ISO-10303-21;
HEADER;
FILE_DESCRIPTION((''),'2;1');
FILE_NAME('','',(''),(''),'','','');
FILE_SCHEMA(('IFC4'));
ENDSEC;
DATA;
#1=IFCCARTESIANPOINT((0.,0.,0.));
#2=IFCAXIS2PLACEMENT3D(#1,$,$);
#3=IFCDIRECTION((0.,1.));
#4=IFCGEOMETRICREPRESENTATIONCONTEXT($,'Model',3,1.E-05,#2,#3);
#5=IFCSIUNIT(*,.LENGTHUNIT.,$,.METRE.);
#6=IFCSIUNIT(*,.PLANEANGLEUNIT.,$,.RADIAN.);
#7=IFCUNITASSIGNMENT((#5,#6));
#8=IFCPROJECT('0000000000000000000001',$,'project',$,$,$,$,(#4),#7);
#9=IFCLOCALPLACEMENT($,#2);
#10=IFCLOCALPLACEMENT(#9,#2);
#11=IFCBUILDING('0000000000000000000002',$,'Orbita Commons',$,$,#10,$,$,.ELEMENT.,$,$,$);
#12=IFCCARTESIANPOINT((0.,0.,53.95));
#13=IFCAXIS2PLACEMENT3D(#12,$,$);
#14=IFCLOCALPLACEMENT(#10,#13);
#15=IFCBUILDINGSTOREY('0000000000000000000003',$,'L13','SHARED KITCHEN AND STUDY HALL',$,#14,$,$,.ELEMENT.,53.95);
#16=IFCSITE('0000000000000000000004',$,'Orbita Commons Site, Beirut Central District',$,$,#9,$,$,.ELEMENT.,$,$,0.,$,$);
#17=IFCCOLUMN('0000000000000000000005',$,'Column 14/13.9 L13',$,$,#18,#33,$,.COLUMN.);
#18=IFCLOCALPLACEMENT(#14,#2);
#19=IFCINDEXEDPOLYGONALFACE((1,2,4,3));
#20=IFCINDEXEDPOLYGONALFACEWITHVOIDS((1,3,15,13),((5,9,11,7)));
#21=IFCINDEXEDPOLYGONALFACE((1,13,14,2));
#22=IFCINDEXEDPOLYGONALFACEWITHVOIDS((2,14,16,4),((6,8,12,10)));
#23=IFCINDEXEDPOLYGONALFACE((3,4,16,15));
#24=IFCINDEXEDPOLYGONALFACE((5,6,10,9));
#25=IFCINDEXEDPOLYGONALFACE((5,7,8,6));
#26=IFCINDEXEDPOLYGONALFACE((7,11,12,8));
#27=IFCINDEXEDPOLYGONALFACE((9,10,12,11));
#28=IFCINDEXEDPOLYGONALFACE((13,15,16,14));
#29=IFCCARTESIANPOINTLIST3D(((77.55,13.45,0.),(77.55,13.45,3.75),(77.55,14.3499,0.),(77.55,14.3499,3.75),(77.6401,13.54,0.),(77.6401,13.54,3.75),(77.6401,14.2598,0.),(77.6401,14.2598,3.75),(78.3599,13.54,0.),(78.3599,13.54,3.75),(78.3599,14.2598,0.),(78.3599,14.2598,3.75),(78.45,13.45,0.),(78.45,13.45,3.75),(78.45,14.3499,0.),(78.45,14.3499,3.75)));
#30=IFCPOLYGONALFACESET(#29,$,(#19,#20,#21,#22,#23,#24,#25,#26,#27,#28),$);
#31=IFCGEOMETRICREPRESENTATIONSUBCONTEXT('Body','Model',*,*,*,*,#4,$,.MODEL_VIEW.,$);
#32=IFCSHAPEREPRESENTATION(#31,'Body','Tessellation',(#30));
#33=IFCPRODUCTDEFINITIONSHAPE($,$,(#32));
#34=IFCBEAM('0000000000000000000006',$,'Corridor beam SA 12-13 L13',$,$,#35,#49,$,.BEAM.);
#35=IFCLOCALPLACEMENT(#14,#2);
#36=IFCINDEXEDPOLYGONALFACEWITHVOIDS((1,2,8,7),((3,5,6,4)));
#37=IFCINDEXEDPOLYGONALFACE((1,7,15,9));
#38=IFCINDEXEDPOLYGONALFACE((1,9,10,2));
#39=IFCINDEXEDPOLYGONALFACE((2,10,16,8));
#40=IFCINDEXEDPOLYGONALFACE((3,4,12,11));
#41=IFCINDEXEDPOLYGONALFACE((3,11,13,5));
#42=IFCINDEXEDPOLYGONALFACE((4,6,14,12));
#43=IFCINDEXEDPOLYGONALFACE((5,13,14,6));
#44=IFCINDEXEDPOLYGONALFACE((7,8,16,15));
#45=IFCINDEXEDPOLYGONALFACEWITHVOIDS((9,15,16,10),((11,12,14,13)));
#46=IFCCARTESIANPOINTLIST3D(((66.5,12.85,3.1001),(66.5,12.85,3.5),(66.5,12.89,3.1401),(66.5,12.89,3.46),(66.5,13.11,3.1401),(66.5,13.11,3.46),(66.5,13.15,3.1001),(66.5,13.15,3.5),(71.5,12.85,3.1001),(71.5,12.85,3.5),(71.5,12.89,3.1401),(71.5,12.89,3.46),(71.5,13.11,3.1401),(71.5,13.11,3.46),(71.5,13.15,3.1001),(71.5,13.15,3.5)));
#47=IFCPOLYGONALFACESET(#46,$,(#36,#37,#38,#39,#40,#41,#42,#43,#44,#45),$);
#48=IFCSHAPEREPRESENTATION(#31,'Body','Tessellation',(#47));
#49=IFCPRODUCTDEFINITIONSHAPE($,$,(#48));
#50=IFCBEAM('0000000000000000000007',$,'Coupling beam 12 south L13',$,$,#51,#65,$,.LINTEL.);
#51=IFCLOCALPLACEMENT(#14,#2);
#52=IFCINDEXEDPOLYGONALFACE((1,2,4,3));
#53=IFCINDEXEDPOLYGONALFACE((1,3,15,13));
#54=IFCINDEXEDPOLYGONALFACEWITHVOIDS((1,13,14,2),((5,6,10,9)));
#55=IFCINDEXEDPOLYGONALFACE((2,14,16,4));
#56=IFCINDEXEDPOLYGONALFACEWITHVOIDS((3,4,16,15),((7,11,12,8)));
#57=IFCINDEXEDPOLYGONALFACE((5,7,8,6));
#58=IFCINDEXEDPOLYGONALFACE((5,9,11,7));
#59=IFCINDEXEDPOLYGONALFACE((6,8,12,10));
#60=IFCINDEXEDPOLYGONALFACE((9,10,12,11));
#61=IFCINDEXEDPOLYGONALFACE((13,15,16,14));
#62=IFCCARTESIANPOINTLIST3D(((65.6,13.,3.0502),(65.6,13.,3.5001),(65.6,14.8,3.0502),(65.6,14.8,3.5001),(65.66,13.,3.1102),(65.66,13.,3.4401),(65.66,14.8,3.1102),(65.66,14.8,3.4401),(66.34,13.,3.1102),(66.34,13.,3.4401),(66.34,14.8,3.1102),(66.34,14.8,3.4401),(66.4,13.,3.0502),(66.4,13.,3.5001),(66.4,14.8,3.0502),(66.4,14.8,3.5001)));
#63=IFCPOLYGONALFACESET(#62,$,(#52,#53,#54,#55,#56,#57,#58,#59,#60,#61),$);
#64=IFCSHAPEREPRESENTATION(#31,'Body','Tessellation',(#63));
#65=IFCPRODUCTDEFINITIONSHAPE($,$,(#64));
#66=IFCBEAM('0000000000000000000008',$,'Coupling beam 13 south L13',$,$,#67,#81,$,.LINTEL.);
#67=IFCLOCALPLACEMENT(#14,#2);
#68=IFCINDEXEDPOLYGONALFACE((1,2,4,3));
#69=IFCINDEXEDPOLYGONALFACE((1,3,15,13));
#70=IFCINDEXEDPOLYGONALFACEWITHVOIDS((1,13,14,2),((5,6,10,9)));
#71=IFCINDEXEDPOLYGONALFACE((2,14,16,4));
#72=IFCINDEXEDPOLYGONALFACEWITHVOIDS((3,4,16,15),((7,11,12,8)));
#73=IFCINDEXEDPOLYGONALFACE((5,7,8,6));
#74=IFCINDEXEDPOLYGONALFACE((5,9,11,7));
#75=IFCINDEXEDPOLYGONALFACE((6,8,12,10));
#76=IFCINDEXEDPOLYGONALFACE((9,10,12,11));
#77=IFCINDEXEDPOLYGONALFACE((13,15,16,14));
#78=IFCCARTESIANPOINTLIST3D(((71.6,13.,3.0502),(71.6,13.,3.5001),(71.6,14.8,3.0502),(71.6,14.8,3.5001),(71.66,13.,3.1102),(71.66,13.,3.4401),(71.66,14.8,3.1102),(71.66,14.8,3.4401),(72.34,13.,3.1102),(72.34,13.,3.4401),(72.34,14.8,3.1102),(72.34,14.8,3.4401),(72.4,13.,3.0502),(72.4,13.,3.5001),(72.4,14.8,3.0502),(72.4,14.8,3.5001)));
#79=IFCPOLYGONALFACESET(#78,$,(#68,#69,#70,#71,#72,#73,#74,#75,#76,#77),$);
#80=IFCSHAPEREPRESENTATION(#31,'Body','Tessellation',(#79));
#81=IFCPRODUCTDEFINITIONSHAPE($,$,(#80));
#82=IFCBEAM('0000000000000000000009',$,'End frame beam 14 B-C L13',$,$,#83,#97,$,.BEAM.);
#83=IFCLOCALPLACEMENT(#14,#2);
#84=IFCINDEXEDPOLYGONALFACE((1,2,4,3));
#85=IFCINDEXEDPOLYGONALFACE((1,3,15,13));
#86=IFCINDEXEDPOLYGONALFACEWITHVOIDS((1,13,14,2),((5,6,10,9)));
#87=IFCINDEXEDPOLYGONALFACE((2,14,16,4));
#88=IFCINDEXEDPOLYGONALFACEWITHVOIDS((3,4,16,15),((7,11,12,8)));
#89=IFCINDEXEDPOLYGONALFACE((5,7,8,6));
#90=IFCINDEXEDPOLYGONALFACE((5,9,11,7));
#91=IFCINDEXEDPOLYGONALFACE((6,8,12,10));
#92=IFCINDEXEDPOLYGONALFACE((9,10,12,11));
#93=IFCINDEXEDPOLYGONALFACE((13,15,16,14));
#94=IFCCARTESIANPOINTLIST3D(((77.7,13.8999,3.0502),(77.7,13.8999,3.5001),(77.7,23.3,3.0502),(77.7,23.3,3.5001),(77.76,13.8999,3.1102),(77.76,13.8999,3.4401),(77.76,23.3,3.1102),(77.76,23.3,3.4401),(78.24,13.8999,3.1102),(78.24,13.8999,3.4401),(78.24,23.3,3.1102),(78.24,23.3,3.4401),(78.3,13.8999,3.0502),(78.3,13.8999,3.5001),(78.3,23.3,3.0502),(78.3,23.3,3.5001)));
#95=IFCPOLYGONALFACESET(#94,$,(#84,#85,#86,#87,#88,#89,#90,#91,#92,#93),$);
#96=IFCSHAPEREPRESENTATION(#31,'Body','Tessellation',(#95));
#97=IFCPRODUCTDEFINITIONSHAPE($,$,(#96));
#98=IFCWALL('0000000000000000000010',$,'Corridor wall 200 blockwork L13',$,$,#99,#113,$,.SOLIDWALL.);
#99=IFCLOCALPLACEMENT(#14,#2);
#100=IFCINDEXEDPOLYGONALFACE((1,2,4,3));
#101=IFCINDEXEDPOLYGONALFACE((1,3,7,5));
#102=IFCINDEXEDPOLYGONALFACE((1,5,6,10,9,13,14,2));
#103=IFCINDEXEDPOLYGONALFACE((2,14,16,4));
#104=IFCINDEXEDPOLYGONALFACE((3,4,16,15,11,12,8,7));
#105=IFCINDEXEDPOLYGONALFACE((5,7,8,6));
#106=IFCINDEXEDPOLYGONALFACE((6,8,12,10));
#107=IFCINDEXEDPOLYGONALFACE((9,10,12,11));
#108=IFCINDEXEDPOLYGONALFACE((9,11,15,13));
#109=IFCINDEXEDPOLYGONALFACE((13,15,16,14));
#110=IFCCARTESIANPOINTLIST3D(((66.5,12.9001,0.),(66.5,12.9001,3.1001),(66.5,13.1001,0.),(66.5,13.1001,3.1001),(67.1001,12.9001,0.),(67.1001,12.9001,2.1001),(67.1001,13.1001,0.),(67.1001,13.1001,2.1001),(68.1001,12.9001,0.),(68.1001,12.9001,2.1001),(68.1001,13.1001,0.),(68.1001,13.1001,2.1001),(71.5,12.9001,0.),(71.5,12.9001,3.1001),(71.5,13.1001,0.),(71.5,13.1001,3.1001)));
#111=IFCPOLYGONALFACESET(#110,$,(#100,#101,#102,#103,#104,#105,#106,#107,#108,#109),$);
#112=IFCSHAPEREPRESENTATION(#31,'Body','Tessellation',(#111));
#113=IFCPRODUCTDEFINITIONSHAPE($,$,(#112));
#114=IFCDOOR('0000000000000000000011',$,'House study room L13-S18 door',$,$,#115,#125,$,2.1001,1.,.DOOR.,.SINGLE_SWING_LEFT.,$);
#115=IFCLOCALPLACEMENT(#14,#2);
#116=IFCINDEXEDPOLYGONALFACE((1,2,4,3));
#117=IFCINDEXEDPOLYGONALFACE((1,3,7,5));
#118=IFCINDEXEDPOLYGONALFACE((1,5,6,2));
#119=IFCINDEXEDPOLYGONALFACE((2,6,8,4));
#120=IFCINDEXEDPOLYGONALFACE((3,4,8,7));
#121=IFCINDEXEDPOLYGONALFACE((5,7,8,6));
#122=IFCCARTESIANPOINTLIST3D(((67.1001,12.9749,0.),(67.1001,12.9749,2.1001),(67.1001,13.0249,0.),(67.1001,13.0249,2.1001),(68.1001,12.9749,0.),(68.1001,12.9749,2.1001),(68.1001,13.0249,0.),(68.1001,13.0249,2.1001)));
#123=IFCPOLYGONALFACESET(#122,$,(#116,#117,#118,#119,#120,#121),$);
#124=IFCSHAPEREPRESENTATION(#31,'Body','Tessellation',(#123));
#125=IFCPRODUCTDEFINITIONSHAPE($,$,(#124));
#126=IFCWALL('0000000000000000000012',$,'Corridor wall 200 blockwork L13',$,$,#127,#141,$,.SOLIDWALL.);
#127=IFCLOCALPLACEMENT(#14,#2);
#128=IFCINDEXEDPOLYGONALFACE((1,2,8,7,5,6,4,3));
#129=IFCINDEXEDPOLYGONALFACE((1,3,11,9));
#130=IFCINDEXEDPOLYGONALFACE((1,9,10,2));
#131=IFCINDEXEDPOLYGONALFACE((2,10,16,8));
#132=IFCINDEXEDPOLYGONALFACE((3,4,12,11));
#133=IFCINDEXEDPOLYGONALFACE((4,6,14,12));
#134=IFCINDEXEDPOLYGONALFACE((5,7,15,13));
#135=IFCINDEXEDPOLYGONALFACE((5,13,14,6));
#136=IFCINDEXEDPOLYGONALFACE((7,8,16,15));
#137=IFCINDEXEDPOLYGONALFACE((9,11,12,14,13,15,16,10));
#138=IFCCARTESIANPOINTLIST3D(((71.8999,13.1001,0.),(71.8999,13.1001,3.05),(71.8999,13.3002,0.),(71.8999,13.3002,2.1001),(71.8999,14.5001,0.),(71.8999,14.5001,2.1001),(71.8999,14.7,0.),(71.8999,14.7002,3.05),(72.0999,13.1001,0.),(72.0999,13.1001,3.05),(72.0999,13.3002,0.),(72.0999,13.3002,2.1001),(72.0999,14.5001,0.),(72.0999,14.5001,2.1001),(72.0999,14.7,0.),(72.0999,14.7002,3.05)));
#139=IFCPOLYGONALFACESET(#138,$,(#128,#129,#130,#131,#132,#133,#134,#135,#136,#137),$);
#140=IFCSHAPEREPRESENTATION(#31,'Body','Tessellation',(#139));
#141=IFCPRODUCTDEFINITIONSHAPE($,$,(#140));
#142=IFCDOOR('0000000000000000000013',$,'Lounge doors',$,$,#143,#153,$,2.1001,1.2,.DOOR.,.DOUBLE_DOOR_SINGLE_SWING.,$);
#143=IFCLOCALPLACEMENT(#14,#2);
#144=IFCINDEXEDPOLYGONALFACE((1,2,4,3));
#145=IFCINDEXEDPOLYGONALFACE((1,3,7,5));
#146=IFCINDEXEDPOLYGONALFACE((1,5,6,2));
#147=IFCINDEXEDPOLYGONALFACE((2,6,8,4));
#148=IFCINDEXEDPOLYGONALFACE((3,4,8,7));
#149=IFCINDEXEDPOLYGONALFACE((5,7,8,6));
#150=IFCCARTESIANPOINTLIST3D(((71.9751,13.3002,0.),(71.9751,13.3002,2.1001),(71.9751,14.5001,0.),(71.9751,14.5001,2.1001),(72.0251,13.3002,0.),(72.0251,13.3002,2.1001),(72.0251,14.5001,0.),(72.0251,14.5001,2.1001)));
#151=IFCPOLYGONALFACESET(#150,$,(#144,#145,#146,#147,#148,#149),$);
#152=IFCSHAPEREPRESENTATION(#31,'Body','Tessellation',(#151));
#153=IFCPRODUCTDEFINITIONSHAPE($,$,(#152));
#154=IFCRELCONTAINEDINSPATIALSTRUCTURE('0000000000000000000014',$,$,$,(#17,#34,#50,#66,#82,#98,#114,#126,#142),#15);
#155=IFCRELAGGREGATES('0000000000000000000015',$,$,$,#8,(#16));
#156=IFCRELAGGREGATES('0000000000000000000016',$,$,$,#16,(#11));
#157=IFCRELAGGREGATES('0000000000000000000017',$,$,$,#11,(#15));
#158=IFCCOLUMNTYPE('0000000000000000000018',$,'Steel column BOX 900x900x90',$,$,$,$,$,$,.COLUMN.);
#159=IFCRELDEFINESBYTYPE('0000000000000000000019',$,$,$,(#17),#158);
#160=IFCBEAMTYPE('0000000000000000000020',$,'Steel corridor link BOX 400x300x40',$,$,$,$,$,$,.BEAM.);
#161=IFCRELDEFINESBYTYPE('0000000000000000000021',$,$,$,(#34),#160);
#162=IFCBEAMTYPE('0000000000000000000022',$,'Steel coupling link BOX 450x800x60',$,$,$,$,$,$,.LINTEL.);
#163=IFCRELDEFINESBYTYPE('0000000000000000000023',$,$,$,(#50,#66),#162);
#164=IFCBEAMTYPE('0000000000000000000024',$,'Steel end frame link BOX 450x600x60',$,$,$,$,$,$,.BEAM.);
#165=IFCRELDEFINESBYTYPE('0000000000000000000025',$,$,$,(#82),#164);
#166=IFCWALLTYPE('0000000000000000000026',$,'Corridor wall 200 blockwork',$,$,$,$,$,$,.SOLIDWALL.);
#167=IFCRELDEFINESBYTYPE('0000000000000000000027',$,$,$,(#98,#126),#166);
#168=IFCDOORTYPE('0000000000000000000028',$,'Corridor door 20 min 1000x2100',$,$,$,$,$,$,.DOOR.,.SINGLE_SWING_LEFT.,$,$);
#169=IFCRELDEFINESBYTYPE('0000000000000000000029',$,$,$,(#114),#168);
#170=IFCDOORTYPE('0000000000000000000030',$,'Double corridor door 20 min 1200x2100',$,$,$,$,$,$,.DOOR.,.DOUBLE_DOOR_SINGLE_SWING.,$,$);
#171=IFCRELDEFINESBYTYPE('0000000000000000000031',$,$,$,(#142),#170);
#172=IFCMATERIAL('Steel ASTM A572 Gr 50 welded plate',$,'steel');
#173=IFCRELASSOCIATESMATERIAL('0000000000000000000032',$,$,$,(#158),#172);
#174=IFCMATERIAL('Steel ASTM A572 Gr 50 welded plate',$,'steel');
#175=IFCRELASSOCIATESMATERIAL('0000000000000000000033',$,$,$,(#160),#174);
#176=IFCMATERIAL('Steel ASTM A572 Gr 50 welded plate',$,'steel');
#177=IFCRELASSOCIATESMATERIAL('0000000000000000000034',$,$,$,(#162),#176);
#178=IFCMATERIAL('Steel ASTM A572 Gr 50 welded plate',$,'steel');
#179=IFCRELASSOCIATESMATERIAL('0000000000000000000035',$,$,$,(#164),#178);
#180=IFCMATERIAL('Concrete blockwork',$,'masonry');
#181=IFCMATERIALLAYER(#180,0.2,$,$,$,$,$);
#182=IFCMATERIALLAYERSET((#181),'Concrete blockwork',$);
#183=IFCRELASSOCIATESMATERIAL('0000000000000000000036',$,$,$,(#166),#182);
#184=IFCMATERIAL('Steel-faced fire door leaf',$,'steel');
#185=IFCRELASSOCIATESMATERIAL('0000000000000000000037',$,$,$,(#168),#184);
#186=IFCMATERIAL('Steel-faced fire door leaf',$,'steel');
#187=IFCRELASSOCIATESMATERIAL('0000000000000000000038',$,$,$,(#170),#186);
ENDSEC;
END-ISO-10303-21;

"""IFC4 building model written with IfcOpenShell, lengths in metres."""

from ifc_helpers import new_model, si_unit, direction, frame, frame_2d, origin, origin_2d, place, context, subcontext, project, spatial, polyline, rectangle, hollow_rectangle, outline, extrude, material, layer, layer_set, material_profile, profile_set, type_object, element, fill, save


model = new_model("IFC4")

# Units and contexts
model_context = context("Model", 3, precision=1e-05, world=origin(), true_north=direction((0.0, 1.0)))
body_context = subcontext(model_context, "Body", "Model", "MODEL_VIEW")
ifc_project = project(units=[si_unit("LENGTHUNIT", "METRE"), si_unit("PLANEANGLEUNIT", "RADIAN")], contexts=[model_context])

# Site, building, storey
site_placement = place(None, origin())
site = spatial("IfcSite", under=ifc_project, at=site_placement, Name="Orbita Commons Site, Beirut Central District", CompositionType="ELEMENT", RefElevation=0.0)
building_placement = place(site_placement, origin())
building = spatial("IfcBuilding", under=site, at=building_placement, Name="Orbita Commons", CompositionType="ELEMENT")
storey_placement = place(building_placement, frame((0.0, 0.0, 53.95)))
storey = spatial("IfcBuildingStorey", under=building, at=storey_placement, Name="L13", Description="SHARED KITCHEN AND STUDY HALL", CompositionType="ELEMENT", Elevation=53.95)

# Column
ifc_material_1 = material(Name="Steel ASTM A572 Gr 50 welded plate", Category="steel")
ifc_material_profile_1 = material_profile(ifc_material_1, hollow_rectangle(XDim=0.8999, YDim=0.8999, WallThickness=0.0901, at=origin_2d()), Name="BOX 900x900x90")
ifc_profile_set_1 = profile_set([ifc_material_profile_1], Name="Steel ASTM A572 Gr 50 welded plate")
column_type = type_object("IfcColumnType", Name="Steel column BOX 900x900x90", PredefinedType="COLUMN", material=ifc_profile_set_1)
column_placement = place(storey_placement, frame((78.0, 13.8999, 0.0), z_axis=(0.0, 0.0, 1.0), x_axis=(1.0, 0.0, 0.0)))
element("IfcColumn", 1, at=column_placement, inside=storey, type_object=column_type, Name="Column 14/13.9 L13", PredefinedType="COLUMN", context=body_context, shape_type="SweptSolid", body=[
    extrude(hollow_rectangle(XDim=0.8999, YDim=0.8999, WallThickness=0.0901, at=origin_2d()), origin(), (0.0, 0.0, 1.0), 3.75),
])

# Beams
ifc_material_2 = material(Name="Steel ASTM A572 Gr 50 welded plate", Category="steel")
ifc_material_profile_2 = material_profile(ifc_material_2, hollow_rectangle(XDim=0.3, YDim=0.3999, WallThickness=0.04, at=origin_2d()), Name="BOX 400x300x40")
ifc_profile_set_2 = profile_set([ifc_material_profile_2], Name="Steel ASTM A572 Gr 50 welded plate")
beam_type_1 = type_object("IfcBeamType", Name="Steel corridor link BOX 400x300x40", PredefinedType="BEAM", material=ifc_profile_set_2)
beam_1_placement = place(storey_placement, frame((66.5, 13.0, 3.3), z_axis=(1.0, 0.0, 0.0), x_axis=(0.0, 1.0, 0.0)))
element("IfcBeam", 2, at=beam_1_placement, inside=storey, type_object=beam_type_1, Name="Corridor beam SA 12-13 L13", PredefinedType="BEAM", context=body_context, shape_type="SweptSolid", body=[
    extrude(hollow_rectangle(XDim=0.3, YDim=0.3999, WallThickness=0.04, at=origin_2d()), origin(), (0.0, 0.0, 1.0), 5.0),
])
ifc_material_3 = material(Name="Steel ASTM A572 Gr 50 welded plate", Category="steel")
ifc_material_profile_3 = material_profile(ifc_material_3, hollow_rectangle(XDim=0.8, YDim=0.45, WallThickness=0.0601, at=origin_2d()), Name="BOX 450x800x60")
ifc_profile_set_3 = profile_set([ifc_material_profile_3], Name="Steel ASTM A572 Gr 50 welded plate")
beam_type_2 = type_object("IfcBeamType", Name="Steel coupling link BOX 450x800x60", PredefinedType="LINTEL", material=ifc_profile_set_3)
for number, where, z_axis, x_axis, name in (
    (3, (66.0, 13.0, 3.2751), (0.0, 1.0, 0.0), (-1.0, 0.0, 0.0), "Coupling beam 12 south L13"),
    (4, (72.0, 13.0, 3.2751), (0.0, 1.0, 0.0), (-1.0, 0.0, 0.0), "Coupling beam 13 south L13"),
):
    element("IfcBeam", number, at=place(storey_placement, frame(where, z_axis=z_axis, x_axis=x_axis)), inside=storey, type_object=beam_type_2, Name=name, PredefinedType="LINTEL", context=body_context, shape_type="SweptSolid", body=[
        extrude(hollow_rectangle(XDim=0.8, YDim=0.45, WallThickness=0.0601, at=origin_2d()), origin(), (0.0, 0.0, 1.0), 1.8),
    ])
ifc_material_4 = material(Name="Steel ASTM A572 Gr 50 welded plate", Category="steel")
ifc_material_profile_4 = material_profile(ifc_material_4, hollow_rectangle(XDim=0.6001, YDim=0.45, WallThickness=0.0601, at=origin_2d()), Name="BOX 450x600x60")
ifc_profile_set_4 = profile_set([ifc_material_profile_4], Name="Steel ASTM A572 Gr 50 welded plate")
beam_type_3 = type_object("IfcBeamType", Name="Steel end frame link BOX 450x600x60", PredefinedType="BEAM", material=ifc_profile_set_4)
beam_2_placement = place(storey_placement, frame((78.0, 13.8999, 3.2751), z_axis=(0.0, 1.0, 0.0), x_axis=(-1.0, 0.0, 0.0)))
element("IfcBeam", 5, at=beam_2_placement, inside=storey, type_object=beam_type_3, Name="End frame beam 14 B-C L13", PredefinedType="BEAM", context=body_context, shape_type="SweptSolid", body=[
    extrude(hollow_rectangle(XDim=0.6001, YDim=0.45, WallThickness=0.0601, at=origin_2d()), origin(), (0.0, 0.0, 1.0), 9.4001),
])

# Walls, openings, doors
ifc_material_5 = material(Name="Concrete blockwork", Category="masonry")
ifc_layer_1 = layer(ifc_material_5, 0.2)
ifc_layer_set_1 = layer_set([ifc_layer_1], Name="Concrete blockwork")
wall_type_1 = type_object("IfcWallType", Name="Corridor wall 200 blockwork", PredefinedType="SOLIDWALL", material=ifc_layer_set_1)
wall_1_placement = place(storey_placement, frame((66.5, 13.0, 0.0), z_axis=(0.0, 0.0, 1.0), x_axis=(1.0, 0.0, 0.0)))
wall_1 = element("IfcWall", 6, at=wall_1_placement, inside=storey, type_object=wall_type_1, Name="Corridor wall 200 blockwork L13", PredefinedType="SOLIDWALL", context=body_context, shape_type="SweptSolid", body=[
    extrude(outline(polyline([(0.0, 0.0), (5.0, 0.0), (5.0, 3.1001), (0.0, 3.1001), (0.0, 0.0)])), frame((0.0, 0.1001, 0.0), z_axis=(0.0, -1.0, 0.0), x_axis=(1.0, 0.0, 0.0)), (0.0, 0.0, 1.0), 0.2),
])
opening_1_placement = place(wall_1_placement, frame((0.6001, 0.0, 0.0)))
opening_1 = element("IfcOpeningElement", 7, at=opening_1_placement, cuts=wall_1, PredefinedType="OPENING", context=body_context, shape_type="SweptSolid", body=[
    extrude(rectangle(XDim=1.0, YDim=2.1001, at=frame_2d((0.5, 1.05))), frame((0.0, 0.1099, 0.0), z_axis=(0.0, -1.0, 0.0), x_axis=(1.0, 0.0, 0.0)), (0.0, 0.0, 1.0), 0.22),
])
ifc_material_6 = material(Name="Steel-faced fire door leaf", Category="steel")
door_type_1 = type_object("IfcDoorType", Name="Corridor door 20 min 1000x2100", OperationType="SINGLE_SWING_LEFT", PredefinedType="DOOR", material=ifc_material_6)
door_1_placement = place(opening_1_placement, origin())
door_1 = element("IfcDoor", 8, at=door_1_placement, inside=storey, type_object=door_type_1, Name="House study room L13-S18 door", OperationType="SINGLE_SWING_LEFT", OverallHeight=2.1001, OverallWidth=1.0, PredefinedType="DOOR", context=body_context, shape_type="SweptSolid", body=[
    extrude(rectangle(XDim=1.0, YDim=2.1001, at=frame_2d((0.5, 1.05))), frame((0.0, 0.0249, 0.0), z_axis=(0.0, -1.0, 0.0), x_axis=(1.0, 0.0, 0.0)), (0.0, 0.0, 1.0), 0.05),
])
fill(opening_1, door_1)
wall_2_placement = place(storey_placement, frame((72.0, 13.1001, 0.0), z_axis=(0.0, 0.0, 1.0), x_axis=(0.0, 1.0, 0.0)))
wall_2 = element("IfcWall", 9, at=wall_2_placement, inside=storey, type_object=wall_type_1, Name="Corridor wall 200 blockwork L13", PredefinedType="SOLIDWALL", context=body_context, shape_type="SweptSolid", body=[
    extrude(outline(polyline([(0.0, 0.0), (1.5999, 0.0), (1.6001, 3.05), (0.0, 3.05), (0.0, 0.0)])), frame((0.0, 0.1001, 0.0), z_axis=(0.0, -1.0, 0.0), x_axis=(1.0, 0.0, 0.0)), (0.0, 0.0, 1.0), 0.2),
])
opening_2_placement = place(wall_2_placement, frame((0.2, 0.0, 0.0)))
opening_2 = element("IfcOpeningElement", 10, at=opening_2_placement, cuts=wall_2, PredefinedType="OPENING", context=body_context, shape_type="SweptSolid", body=[
    extrude(rectangle(XDim=1.2, YDim=2.1001, at=frame_2d((0.6001, 1.05))), frame((0.0, 0.1099, 0.0), z_axis=(0.0, -1.0, 0.0), x_axis=(1.0, 0.0, 0.0)), (0.0, 0.0, 1.0), 0.22),
])
ifc_material_7 = material(Name="Steel-faced fire door leaf", Category="steel")
door_type_2 = type_object("IfcDoorType", Name="Double corridor door 20 min 1200x2100", OperationType="DOUBLE_DOOR_SINGLE_SWING", PredefinedType="DOOR", material=ifc_material_7)
door_2_placement = place(opening_2_placement, origin())
door_2 = element("IfcDoor", 11, at=door_2_placement, inside=storey, type_object=door_type_2, Name="Lounge doors", OperationType="DOUBLE_DOOR_SINGLE_SWING", OverallHeight=2.1001, OverallWidth=1.2, PredefinedType="DOOR", context=body_context, shape_type="SweptSolid", body=[
    extrude(rectangle(XDim=1.2, YDim=2.1001, at=frame_2d((0.6001, 1.05))), frame((0.0, 0.0249, 0.0), z_axis=(0.0, -1.0, 0.0), x_axis=(1.0, 0.0, 0.0)), (0.0, 0.0, 1.0), 0.05),
])
fill(opening_2, door_2)

save(model, "model.ifc")
